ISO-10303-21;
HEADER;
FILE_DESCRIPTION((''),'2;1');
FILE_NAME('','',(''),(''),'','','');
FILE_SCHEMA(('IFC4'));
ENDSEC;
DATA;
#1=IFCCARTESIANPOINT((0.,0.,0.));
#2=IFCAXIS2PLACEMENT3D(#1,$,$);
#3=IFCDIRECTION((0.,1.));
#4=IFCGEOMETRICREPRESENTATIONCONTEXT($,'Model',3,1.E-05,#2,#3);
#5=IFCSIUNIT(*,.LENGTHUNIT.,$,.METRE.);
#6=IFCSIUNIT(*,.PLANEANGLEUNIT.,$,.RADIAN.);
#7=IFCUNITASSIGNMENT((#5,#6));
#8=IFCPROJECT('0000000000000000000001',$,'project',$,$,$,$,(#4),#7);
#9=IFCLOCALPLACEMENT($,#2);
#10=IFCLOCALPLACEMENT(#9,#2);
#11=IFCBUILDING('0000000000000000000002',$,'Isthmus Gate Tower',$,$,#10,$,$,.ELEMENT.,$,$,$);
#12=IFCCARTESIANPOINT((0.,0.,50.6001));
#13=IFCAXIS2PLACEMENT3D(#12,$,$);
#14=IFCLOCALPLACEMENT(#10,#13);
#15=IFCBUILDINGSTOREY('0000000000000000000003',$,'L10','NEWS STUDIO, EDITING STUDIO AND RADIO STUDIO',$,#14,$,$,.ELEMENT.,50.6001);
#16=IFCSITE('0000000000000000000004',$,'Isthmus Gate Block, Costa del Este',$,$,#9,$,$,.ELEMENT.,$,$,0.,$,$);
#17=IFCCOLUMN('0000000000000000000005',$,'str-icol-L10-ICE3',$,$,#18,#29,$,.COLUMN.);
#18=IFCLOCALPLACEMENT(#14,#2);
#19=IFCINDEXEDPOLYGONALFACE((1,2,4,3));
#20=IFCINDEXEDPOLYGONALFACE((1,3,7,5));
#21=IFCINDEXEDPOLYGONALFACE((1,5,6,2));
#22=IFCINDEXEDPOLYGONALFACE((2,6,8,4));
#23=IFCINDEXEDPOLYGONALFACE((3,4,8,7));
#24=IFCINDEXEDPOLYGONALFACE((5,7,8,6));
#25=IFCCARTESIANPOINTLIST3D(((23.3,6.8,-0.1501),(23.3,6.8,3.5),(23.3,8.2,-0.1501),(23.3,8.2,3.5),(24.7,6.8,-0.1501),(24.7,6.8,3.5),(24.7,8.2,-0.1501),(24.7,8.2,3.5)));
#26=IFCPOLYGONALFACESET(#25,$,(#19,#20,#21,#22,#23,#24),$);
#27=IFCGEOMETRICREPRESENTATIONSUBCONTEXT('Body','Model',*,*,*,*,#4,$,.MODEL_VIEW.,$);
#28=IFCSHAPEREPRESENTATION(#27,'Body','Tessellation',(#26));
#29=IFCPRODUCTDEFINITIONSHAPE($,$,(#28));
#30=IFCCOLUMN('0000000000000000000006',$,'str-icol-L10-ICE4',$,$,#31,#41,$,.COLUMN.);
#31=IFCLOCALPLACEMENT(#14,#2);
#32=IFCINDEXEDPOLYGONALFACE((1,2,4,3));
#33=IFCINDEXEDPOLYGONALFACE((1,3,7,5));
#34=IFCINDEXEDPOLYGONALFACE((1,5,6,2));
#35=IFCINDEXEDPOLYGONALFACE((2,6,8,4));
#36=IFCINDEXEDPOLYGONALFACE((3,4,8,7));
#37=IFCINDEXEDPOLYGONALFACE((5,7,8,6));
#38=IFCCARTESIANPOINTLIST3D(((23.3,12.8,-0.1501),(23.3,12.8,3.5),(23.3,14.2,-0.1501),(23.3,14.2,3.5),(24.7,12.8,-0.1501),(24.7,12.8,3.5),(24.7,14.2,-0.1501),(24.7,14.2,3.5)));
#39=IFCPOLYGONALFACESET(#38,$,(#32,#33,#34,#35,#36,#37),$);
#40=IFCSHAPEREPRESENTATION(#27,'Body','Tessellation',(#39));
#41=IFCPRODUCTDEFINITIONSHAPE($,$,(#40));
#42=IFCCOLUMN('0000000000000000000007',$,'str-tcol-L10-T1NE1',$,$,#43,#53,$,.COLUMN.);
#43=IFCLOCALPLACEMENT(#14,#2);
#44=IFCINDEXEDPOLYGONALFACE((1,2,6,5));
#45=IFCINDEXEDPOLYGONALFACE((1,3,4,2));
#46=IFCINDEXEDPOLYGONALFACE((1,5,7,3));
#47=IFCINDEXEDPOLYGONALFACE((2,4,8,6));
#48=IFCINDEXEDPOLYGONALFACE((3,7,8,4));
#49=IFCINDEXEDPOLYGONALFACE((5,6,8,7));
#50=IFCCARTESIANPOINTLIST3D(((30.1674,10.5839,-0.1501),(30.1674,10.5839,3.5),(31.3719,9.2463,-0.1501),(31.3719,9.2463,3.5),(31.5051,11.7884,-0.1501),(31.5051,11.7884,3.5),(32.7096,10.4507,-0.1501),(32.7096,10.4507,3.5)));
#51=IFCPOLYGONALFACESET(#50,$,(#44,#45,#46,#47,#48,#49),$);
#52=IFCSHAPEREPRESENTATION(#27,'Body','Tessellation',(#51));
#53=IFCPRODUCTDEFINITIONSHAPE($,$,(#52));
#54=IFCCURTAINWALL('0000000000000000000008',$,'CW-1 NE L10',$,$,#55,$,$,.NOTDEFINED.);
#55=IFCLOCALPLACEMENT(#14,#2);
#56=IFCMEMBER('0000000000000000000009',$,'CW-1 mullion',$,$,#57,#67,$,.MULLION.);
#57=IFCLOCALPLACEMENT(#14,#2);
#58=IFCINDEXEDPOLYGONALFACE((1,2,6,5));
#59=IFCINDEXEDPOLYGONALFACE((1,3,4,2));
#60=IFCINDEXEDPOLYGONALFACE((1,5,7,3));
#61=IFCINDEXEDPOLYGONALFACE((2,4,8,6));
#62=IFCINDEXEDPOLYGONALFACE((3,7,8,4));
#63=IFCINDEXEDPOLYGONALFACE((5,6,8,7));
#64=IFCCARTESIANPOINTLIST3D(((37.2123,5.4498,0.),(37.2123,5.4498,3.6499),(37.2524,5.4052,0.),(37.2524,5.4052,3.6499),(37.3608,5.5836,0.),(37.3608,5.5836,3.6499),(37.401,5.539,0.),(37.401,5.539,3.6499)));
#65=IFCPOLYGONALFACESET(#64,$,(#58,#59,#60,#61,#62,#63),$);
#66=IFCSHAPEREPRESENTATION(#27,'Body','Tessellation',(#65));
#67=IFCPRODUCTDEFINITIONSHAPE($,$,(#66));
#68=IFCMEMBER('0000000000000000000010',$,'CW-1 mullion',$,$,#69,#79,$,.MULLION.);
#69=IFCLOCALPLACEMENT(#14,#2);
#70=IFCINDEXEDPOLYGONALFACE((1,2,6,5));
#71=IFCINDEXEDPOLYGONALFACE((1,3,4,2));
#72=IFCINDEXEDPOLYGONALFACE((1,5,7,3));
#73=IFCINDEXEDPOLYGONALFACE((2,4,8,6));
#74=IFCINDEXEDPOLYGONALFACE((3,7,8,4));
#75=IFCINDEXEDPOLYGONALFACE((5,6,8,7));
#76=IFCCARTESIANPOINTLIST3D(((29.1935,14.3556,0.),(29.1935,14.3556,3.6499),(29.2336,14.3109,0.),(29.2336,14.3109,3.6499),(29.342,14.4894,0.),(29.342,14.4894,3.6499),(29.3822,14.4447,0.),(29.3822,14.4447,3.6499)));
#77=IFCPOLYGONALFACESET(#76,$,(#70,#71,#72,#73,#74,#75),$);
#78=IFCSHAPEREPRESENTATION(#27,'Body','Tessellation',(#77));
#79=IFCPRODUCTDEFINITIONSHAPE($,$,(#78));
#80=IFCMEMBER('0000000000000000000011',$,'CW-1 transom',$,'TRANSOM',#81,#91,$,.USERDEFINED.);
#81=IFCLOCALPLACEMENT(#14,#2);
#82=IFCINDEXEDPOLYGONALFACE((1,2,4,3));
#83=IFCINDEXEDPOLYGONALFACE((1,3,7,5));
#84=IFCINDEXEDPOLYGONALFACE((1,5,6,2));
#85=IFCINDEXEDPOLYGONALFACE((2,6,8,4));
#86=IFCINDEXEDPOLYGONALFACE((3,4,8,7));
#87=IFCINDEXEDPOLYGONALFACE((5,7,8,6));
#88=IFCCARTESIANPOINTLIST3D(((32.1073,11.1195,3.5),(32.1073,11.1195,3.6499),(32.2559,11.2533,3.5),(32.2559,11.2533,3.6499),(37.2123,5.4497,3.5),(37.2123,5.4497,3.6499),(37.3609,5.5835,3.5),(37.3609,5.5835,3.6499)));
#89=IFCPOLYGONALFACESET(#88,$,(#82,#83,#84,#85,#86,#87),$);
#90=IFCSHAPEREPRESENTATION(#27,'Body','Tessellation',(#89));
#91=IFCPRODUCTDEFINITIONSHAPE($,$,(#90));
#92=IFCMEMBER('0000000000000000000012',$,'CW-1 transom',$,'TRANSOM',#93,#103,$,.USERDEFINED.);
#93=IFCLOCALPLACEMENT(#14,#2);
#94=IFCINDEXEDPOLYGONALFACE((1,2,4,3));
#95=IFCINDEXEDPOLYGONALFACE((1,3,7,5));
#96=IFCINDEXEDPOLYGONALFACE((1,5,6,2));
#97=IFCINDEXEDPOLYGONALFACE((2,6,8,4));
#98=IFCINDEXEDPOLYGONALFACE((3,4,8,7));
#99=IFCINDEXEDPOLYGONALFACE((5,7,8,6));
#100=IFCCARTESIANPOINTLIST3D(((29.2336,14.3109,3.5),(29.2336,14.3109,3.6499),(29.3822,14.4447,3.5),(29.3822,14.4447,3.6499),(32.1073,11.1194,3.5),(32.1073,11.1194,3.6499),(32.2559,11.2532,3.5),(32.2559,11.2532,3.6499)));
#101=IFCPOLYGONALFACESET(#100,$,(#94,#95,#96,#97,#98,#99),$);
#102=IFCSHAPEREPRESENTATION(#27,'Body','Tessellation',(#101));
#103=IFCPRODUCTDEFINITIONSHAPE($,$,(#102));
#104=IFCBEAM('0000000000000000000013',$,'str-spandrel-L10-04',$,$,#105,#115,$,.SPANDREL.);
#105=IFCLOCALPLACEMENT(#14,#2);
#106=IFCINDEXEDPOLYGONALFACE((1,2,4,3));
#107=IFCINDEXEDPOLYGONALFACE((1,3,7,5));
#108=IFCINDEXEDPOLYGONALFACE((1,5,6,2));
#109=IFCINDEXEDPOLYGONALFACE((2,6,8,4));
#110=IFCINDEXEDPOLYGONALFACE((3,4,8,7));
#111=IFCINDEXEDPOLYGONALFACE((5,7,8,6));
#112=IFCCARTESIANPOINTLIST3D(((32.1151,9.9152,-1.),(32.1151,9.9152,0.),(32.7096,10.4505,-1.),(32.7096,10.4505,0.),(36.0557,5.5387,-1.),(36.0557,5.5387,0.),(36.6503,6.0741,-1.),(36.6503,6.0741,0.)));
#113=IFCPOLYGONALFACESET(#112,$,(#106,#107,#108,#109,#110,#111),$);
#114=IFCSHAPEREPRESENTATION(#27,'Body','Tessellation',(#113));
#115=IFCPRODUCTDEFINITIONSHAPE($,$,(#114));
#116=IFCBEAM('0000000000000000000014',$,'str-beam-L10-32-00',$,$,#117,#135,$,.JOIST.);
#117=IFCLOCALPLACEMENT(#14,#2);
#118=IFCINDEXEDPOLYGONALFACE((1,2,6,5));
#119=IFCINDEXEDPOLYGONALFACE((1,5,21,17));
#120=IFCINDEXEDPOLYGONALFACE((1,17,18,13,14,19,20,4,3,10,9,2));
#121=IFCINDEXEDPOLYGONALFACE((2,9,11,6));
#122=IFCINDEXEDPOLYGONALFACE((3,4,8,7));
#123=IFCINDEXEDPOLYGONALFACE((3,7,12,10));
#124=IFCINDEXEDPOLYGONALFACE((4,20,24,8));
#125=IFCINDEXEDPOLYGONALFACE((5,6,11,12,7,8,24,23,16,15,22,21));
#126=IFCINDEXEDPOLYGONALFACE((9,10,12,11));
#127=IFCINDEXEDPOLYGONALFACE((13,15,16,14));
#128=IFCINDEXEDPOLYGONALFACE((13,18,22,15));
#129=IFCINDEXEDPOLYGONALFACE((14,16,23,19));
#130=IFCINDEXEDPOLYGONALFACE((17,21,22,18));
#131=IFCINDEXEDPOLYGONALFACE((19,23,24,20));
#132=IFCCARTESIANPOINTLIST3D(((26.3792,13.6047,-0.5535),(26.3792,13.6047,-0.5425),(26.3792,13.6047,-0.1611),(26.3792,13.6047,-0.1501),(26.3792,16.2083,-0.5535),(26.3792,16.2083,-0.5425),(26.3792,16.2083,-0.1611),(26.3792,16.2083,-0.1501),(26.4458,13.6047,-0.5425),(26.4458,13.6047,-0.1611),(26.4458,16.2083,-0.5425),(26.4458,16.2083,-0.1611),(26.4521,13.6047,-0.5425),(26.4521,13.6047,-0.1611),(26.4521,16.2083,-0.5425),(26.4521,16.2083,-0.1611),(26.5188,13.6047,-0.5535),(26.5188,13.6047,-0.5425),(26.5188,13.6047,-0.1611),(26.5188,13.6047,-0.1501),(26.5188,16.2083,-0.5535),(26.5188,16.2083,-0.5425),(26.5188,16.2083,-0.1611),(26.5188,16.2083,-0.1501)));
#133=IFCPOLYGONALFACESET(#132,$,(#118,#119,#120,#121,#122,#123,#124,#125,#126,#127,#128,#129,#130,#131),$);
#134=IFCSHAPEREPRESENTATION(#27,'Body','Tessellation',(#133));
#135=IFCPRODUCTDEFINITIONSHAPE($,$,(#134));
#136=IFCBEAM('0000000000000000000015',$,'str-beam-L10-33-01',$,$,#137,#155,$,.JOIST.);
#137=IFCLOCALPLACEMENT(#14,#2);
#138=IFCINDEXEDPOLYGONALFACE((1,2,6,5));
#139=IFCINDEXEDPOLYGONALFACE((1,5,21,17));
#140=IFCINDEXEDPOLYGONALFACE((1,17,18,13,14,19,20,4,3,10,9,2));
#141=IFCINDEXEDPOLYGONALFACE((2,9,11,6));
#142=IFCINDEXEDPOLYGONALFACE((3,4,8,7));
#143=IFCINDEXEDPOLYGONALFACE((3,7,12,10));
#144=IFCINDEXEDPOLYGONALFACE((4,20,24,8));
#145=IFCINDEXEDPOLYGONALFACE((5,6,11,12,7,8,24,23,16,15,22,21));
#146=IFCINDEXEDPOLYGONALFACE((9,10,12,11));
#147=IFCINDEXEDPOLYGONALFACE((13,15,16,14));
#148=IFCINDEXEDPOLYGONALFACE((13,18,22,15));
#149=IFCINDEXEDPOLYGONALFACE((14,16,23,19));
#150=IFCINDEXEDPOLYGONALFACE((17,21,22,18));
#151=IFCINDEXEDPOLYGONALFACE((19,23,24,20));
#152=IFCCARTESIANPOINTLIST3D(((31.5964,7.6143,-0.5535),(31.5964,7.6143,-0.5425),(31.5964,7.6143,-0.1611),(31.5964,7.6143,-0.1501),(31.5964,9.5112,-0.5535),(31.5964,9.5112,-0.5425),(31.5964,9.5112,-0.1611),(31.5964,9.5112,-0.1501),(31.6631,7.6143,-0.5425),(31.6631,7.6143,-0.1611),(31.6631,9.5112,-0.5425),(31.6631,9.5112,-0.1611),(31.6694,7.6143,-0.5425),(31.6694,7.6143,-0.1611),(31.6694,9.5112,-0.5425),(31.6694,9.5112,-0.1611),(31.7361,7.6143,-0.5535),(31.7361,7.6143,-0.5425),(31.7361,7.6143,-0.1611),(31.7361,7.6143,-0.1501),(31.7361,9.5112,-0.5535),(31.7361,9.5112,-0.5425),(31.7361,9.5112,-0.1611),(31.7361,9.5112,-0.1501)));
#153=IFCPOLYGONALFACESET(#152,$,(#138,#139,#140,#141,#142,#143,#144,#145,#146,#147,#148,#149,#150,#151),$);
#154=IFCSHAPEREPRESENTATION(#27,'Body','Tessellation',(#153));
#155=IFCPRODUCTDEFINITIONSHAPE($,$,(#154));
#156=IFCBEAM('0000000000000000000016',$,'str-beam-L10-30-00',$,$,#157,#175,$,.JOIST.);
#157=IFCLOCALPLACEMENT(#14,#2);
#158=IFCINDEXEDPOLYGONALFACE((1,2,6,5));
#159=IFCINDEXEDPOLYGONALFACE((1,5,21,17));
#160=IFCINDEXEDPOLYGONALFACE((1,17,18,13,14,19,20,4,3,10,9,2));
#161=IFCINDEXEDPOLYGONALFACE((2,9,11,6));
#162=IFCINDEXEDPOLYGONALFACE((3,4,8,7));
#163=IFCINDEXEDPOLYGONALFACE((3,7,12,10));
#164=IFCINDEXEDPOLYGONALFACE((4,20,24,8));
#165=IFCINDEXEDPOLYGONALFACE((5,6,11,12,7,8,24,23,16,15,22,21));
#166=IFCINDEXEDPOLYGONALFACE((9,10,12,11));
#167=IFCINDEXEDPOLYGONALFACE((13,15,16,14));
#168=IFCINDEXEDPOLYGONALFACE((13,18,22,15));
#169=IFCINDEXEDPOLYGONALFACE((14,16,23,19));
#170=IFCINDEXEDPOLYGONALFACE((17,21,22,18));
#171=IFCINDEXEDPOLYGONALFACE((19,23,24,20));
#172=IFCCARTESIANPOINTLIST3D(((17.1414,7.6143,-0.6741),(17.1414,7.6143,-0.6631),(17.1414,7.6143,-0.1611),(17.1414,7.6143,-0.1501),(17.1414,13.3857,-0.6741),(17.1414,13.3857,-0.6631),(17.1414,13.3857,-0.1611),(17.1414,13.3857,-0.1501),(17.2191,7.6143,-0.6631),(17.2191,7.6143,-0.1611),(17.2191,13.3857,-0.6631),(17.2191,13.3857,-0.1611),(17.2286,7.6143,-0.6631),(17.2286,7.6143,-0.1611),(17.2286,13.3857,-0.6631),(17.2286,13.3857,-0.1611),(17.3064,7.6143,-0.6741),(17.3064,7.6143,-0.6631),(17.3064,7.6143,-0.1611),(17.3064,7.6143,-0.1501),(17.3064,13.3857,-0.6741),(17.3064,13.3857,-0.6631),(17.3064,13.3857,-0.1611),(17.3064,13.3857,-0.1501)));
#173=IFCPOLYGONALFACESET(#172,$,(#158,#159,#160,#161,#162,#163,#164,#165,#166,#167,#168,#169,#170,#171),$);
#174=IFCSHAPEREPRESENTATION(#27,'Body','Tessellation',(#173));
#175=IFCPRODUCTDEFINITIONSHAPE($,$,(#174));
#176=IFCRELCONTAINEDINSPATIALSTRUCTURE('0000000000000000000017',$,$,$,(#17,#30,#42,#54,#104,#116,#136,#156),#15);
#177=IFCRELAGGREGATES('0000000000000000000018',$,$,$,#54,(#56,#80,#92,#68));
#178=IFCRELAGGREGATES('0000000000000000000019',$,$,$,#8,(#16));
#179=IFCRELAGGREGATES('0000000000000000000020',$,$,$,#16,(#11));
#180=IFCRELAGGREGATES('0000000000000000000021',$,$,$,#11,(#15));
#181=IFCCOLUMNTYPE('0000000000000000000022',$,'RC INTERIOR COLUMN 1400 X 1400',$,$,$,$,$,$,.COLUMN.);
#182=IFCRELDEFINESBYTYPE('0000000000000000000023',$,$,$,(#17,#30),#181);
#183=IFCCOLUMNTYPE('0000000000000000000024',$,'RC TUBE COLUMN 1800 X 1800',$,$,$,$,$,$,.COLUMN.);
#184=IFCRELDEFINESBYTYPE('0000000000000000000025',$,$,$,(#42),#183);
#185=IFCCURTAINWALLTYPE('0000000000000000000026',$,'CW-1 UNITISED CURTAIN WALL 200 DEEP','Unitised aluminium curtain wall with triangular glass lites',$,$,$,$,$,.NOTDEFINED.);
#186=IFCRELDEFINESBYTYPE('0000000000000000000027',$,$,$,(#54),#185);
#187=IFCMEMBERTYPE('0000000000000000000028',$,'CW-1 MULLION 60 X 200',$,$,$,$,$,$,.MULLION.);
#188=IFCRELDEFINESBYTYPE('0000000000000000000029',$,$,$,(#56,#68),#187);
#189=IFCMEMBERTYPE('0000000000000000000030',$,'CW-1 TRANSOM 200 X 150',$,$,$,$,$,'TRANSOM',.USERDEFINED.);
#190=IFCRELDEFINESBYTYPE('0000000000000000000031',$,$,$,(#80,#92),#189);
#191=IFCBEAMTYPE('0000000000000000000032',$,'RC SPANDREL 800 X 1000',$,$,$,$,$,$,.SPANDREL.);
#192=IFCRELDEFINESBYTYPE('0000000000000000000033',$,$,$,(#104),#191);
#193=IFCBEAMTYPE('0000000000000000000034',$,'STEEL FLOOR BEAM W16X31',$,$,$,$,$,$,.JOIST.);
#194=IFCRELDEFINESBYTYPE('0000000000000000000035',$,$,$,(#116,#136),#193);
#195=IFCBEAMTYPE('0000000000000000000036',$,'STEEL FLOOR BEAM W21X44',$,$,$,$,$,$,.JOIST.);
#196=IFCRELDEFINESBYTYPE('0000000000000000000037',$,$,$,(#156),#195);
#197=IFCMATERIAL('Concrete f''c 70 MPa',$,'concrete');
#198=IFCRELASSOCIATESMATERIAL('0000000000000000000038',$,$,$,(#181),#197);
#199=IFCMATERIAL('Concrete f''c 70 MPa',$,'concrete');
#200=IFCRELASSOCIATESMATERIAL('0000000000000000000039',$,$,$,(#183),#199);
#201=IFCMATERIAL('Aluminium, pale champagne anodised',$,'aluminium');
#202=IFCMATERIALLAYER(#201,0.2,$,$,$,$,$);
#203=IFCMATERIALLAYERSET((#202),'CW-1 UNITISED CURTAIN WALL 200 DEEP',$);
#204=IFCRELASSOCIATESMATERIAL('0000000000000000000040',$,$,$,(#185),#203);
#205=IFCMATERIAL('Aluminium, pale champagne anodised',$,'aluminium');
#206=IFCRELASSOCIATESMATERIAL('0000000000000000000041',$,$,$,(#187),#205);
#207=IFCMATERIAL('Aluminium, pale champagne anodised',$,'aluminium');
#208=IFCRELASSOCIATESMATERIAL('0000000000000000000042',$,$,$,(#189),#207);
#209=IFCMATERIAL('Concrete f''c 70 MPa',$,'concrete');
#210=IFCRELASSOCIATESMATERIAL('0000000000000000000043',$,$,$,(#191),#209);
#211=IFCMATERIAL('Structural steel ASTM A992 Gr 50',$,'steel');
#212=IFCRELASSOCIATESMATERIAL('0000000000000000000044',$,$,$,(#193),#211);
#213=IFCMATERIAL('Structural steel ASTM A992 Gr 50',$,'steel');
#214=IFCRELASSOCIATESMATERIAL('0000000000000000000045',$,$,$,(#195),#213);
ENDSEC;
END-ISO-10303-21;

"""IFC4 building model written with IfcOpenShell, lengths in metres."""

from ifc_helpers import new_model, si_unit, direction, frame, origin, origin_2d, place, context, subcontext, project, spatial, rectangle, i_section, extrude, material, layer, layer_set, material_profile, profile_set, type_object, element, aggregate, save


model = new_model("IFC4")

# Units and contexts
model_context = context("Model", 3, precision=1e-05, world=origin(), true_north=direction((0.0, 1.0)))
body_context = subcontext(model_context, "Body", "Model", "MODEL_VIEW")
ifc_project = project(units=[si_unit("LENGTHUNIT", "METRE"), si_unit("PLANEANGLEUNIT", "RADIAN")], contexts=[model_context])

# Site, building, storey
site_placement = place(None, origin())
site = spatial("IfcSite", under=ifc_project, at=site_placement, Name="Isthmus Gate Block, Costa del Este", CompositionType="ELEMENT", RefElevation=0.0)
building_placement = place(site_placement, origin())
building = spatial("IfcBuilding", under=site, at=building_placement, Name="Isthmus Gate Tower", CompositionType="ELEMENT")
storey_placement = place(building_placement, frame((0.0, 0.0, 50.6001)))
storey = spatial("IfcBuildingStorey", under=building, at=storey_placement, Name="L10", Description="NEWS STUDIO, EDITING STUDIO AND RADIO STUDIO", CompositionType="ELEMENT", Elevation=50.6001)

# Columns
ifc_material_1 = material(Name="Concrete f'c 70 MPa", Category="concrete")
ifc_material_profile_1 = material_profile(ifc_material_1, rectangle(XDim=1.3999, YDim=1.3999, at=origin_2d()), Name="RC 1400X1400")
ifc_profile_set_1 = profile_set([ifc_material_profile_1], Name="Concrete f'c 70 MPa")
column_type_1 = type_object("IfcColumnType", Name="RC INTERIOR COLUMN 1400 X 1400", PredefinedType="COLUMN", material=ifc_profile_set_1)
for number, where, z_axis, x_axis, name in (
    (1, (24.0, 7.5, -0.1501), (0.0, 0.0, 1.0), (1.0, 0.0, 0.0), "str-icol-L10-ICE3"),
    (2, (24.0, 13.5, -0.1501), (0.0, 0.0, 1.0), (1.0, 0.0, 0.0), "str-icol-L10-ICE4"),
):
    element("IfcColumn", number, at=place(storey_placement, frame(where, z_axis=z_axis, x_axis=x_axis)), inside=storey, type_object=column_type_1, Name=name, PredefinedType="COLUMN", context=body_context, shape_type="SweptSolid", body=[
        extrude(rectangle(XDim=1.3999, YDim=1.3999, at=origin_2d()), origin(), (0.0, 0.0, 1.0), 3.6501),
    ])
ifc_material_2 = material(Name="Concrete f'c 70 MPa", Category="concrete")
ifc_material_profile_2 = material_profile(ifc_material_2, rectangle(XDim=1.8, YDim=1.8, at=origin_2d()), Name="RC 1800X1800")
ifc_profile_set_2 = profile_set([ifc_material_profile_2], Name="Concrete f'c 70 MPa")
column_type_2 = type_object("IfcColumnType", Name="RC TUBE COLUMN 1800 X 1800", PredefinedType="COLUMN", material=ifc_profile_set_2)
column_placement = place(storey_placement, frame((31.4385, 10.5173, -0.1501), z_axis=(0.0, 0.0, 1.0), x_axis=(-0.669131, 0.743145, 0.0)))
element("IfcColumn", 3, at=column_placement, inside=storey, type_object=column_type_2, Name="str-tcol-L10-T1NE1", PredefinedType="COLUMN", context=body_context, shape_type="SweptSolid", body=[
    extrude(rectangle(XDim=1.8, YDim=1.8, at=origin_2d()), origin(), (0.0, 0.0, 1.0), 3.6501),
])

# Curtain wall, members
ifc_material_3 = material(Name="Aluminium, pale champagne anodised", Category="aluminium")
ifc_layer_1 = layer(ifc_material_3, 0.2)
ifc_layer_set_1 = layer_set([ifc_layer_1], Name="CW-1 UNITISED CURTAIN WALL 200 DEEP")
curtain_wall_type = type_object("IfcCurtainWallType", Name="CW-1 UNITISED CURTAIN WALL 200 DEEP", Description="Unitised aluminium curtain wall with triangular glass lites", PredefinedType="NOTDEFINED", material=ifc_layer_set_1)
curtain_wall_placement = place(storey_placement, origin())
curtain_wall = element("IfcCurtainWall", 4, at=curtain_wall_placement, inside=storey, type_object=curtain_wall_type, Name="CW-1 NE L10", PredefinedType="NOTDEFINED")
ifc_material_4 = material(Name="Aluminium, pale champagne anodised", Category="aluminium")
ifc_material_profile_3 = material_profile(ifc_material_4, rectangle(XDim=0.0601, YDim=0.2, at=origin_2d()), Name="60x200")
ifc_profile_set_3 = profile_set([ifc_material_profile_3], Name="Aluminium, pale champagne anodised")
member_type_1 = type_object("IfcMemberType", Name="CW-1 MULLION 60 X 200", PredefinedType="MULLION", material=ifc_profile_set_3)
member_1_placement = place(storey_placement, frame((37.3066, 5.4944, 0.0), z_axis=(0.0, 0.0, 1.0), x_axis=(-0.669131, 0.743145, 0.0)))
member_1 = element("IfcMember", 5, at=member_1_placement, type_object=member_type_1, Name="CW-1 mullion", PredefinedType="MULLION", context=body_context, shape_type="SweptSolid", body=[
    extrude(rectangle(XDim=0.0601, YDim=0.2, at=origin_2d()), origin(), (0.0, 0.0, 1.0), 3.6499),
])
member_2_placement = place(storey_placement, frame((29.2878, 14.4001, 0.0), z_axis=(0.0, 0.0, 1.0), x_axis=(-0.669131, 0.743145, 0.0)))
member_2 = element("IfcMember", 6, at=member_2_placement, type_object=member_type_1, Name="CW-1 mullion", PredefinedType="MULLION", context=body_context, shape_type="SweptSolid", body=[
    extrude(rectangle(XDim=0.0601, YDim=0.2, at=origin_2d()), origin(), (0.0, 0.0, 1.0), 3.6499),
])
ifc_material_5 = material(Name="Aluminium, pale champagne anodised", Category="aluminium")
ifc_material_profile_4 = material_profile(ifc_material_5, rectangle(XDim=0.2, YDim=0.1499, at=origin_2d()), Name="200x150")
ifc_profile_set_4 = profile_set([ifc_material_profile_4], Name="Aluminium, pale champagne anodised")
member_type_2 = type_object("IfcMemberType", Name="CW-1 TRANSOM 200 X 150", ElementType="TRANSOM", PredefinedType="USERDEFINED", material=ifc_profile_set_4)
member_3_placement = place(storey_placement, frame((37.2866, 5.5166, 3.575), z_axis=(-0.669129, 0.743146, 0.0), x_axis=(-0.743146, -0.669129, 0.0)))
member_3 = element("IfcMember", 7, at=member_3_placement, type_object=member_type_2, Name="CW-1 transom", ObjectType="TRANSOM", PredefinedType="USERDEFINED", context=body_context, shape_type="SweptSolid", body=[
    extrude(rectangle(XDim=0.2, YDim=0.1499, at=origin_2d()), origin(), (0.0, 0.0, 1.0), 7.6294),
])
member_4_placement = place(storey_placement, frame((32.1816, 11.1863, 3.575), z_axis=(-0.669131, 0.743144, 0.0), x_axis=(-0.743144, -0.669131, 0.0)))
member_4 = element("IfcMember", 8, at=member_4_placement, type_object=member_type_2, Name="CW-1 transom", ObjectType="TRANSOM", PredefinedType="USERDEFINED", context=body_context, shape_type="SweptSolid", body=[
    extrude(rectangle(XDim=0.2, YDim=0.1499, at=origin_2d()), origin(), (0.0, 0.0, 1.0), 4.2947),
])

# Beams
ifc_material_6 = material(Name="Concrete f'c 70 MPa", Category="concrete")
ifc_material_profile_5 = material_profile(ifc_material_6, rectangle(XDim=0.8, YDim=1.0, at=origin_2d()), Name="RC 800X1000")
ifc_profile_set_5 = profile_set([ifc_material_profile_5], Name="Concrete f'c 70 MPa")
beam_type_1 = type_object("IfcBeamType", Name="RC SPANDREL 800 X 1000", PredefinedType="SPANDREL", material=ifc_profile_set_5)
beam_1_placement = place(storey_placement, frame((32.4124, 10.1829, -0.5), z_axis=(0.669139, -0.743137, 0.0), x_axis=(0.743137, 0.669139, 0.0)))
element("IfcBeam", 9, at=beam_1_placement, inside=storey, type_object=beam_type_1, Name="str-spandrel-L10-04", PredefinedType="SPANDREL", context=body_context, shape_type="SweptSolid", body=[
    extrude(rectangle(XDim=0.8, YDim=1.0, at=origin_2d()), origin(), (0.0, 0.0, 1.0), 5.8892),
])
ifc_material_7 = material(Name="Structural steel ASTM A992 Gr 50", Category="steel")
ifc_material_profile_6 = material_profile(ifc_material_7, i_section(OverallWidth=0.1396, OverallDepth=0.4033, WebThickness=0.0063, FlangeThickness=0.011, at=origin_2d()), Name="W16X31")
ifc_profile_set_6 = profile_set([ifc_material_profile_6], Name="Structural steel ASTM A992 Gr 50")
beam_type_2 = type_object("IfcBeamType", Name="STEEL FLOOR BEAM W16X31", PredefinedType="JOIST", material=ifc_profile_set_6)
beam_2_placement = place(storey_placement, frame((26.449, 13.6047, -0.3518), z_axis=(0.0, 1.0, 0.0), x_axis=(-1.0, 0.0, 0.0)))
element("IfcBeam", 10, at=beam_2_placement, inside=storey, type_object=beam_type_2, Name="str-beam-L10-32-00", PredefinedType="JOIST", context=body_context, shape_type="SweptSolid", body=[
    extrude(i_section(OverallWidth=0.1396, OverallDepth=0.4033, WebThickness=0.0063, FlangeThickness=0.011, at=origin_2d()), origin(), (0.0, 0.0, 1.0), 2.6035),
])
beam_3_placement = place(storey_placement, frame((31.6663, 7.6143, -0.3518), z_axis=(0.0, 1.0, 0.0), x_axis=(-1.0, 0.0, 0.0)))
element("IfcBeam", 11, at=beam_3_placement, inside=storey, type_object=beam_type_2, Name="str-beam-L10-33-01", PredefinedType="JOIST", context=body_context, shape_type="SweptSolid", body=[
    extrude(i_section(OverallWidth=0.1396, OverallDepth=0.4033, WebThickness=0.0063, FlangeThickness=0.011, at=origin_2d()), origin(), (0.0, 0.0, 1.0), 1.897),
])
ifc_material_8 = material(Name="Structural steel ASTM A992 Gr 50", Category="steel")
ifc_material_profile_7 = material_profile(ifc_material_8, i_section(OverallWidth=0.165, OverallDepth=0.5239, WebThickness=0.0095, FlangeThickness=0.011, at=origin_2d()), Name="W21X44")
ifc_profile_set_7 = profile_set([ifc_material_profile_7], Name="Structural steel ASTM A992 Gr 50")
beam_type_3 = type_object("IfcBeamType", Name="STEEL FLOOR BEAM W21X44", PredefinedType="JOIST", material=ifc_profile_set_7)
for number, where, z_axis, x_axis, name in (
    (12, (17.2239, 7.6143, -0.4121), (0.0, 1.0, 0.0), (-1.0, 0.0, 0.0), "str-beam-L10-30-00"),
):
    element("IfcBeam", number, at=place(storey_placement, frame(where, z_axis=z_axis, x_axis=x_axis)), inside=storey, type_object=beam_type_3, Name=name, PredefinedType="JOIST", context=body_context, shape_type="SweptSolid", body=[
        extrude(i_section(OverallWidth=0.165, OverallDepth=0.5239, WebThickness=0.0095, FlangeThickness=0.011, at=origin_2d()), origin(), (0.0, 0.0, 1.0), 5.7715),
    ])

aggregate(curtain_wall, [member_1, member_3, member_4, member_2])

save(model, "model.ifc")
